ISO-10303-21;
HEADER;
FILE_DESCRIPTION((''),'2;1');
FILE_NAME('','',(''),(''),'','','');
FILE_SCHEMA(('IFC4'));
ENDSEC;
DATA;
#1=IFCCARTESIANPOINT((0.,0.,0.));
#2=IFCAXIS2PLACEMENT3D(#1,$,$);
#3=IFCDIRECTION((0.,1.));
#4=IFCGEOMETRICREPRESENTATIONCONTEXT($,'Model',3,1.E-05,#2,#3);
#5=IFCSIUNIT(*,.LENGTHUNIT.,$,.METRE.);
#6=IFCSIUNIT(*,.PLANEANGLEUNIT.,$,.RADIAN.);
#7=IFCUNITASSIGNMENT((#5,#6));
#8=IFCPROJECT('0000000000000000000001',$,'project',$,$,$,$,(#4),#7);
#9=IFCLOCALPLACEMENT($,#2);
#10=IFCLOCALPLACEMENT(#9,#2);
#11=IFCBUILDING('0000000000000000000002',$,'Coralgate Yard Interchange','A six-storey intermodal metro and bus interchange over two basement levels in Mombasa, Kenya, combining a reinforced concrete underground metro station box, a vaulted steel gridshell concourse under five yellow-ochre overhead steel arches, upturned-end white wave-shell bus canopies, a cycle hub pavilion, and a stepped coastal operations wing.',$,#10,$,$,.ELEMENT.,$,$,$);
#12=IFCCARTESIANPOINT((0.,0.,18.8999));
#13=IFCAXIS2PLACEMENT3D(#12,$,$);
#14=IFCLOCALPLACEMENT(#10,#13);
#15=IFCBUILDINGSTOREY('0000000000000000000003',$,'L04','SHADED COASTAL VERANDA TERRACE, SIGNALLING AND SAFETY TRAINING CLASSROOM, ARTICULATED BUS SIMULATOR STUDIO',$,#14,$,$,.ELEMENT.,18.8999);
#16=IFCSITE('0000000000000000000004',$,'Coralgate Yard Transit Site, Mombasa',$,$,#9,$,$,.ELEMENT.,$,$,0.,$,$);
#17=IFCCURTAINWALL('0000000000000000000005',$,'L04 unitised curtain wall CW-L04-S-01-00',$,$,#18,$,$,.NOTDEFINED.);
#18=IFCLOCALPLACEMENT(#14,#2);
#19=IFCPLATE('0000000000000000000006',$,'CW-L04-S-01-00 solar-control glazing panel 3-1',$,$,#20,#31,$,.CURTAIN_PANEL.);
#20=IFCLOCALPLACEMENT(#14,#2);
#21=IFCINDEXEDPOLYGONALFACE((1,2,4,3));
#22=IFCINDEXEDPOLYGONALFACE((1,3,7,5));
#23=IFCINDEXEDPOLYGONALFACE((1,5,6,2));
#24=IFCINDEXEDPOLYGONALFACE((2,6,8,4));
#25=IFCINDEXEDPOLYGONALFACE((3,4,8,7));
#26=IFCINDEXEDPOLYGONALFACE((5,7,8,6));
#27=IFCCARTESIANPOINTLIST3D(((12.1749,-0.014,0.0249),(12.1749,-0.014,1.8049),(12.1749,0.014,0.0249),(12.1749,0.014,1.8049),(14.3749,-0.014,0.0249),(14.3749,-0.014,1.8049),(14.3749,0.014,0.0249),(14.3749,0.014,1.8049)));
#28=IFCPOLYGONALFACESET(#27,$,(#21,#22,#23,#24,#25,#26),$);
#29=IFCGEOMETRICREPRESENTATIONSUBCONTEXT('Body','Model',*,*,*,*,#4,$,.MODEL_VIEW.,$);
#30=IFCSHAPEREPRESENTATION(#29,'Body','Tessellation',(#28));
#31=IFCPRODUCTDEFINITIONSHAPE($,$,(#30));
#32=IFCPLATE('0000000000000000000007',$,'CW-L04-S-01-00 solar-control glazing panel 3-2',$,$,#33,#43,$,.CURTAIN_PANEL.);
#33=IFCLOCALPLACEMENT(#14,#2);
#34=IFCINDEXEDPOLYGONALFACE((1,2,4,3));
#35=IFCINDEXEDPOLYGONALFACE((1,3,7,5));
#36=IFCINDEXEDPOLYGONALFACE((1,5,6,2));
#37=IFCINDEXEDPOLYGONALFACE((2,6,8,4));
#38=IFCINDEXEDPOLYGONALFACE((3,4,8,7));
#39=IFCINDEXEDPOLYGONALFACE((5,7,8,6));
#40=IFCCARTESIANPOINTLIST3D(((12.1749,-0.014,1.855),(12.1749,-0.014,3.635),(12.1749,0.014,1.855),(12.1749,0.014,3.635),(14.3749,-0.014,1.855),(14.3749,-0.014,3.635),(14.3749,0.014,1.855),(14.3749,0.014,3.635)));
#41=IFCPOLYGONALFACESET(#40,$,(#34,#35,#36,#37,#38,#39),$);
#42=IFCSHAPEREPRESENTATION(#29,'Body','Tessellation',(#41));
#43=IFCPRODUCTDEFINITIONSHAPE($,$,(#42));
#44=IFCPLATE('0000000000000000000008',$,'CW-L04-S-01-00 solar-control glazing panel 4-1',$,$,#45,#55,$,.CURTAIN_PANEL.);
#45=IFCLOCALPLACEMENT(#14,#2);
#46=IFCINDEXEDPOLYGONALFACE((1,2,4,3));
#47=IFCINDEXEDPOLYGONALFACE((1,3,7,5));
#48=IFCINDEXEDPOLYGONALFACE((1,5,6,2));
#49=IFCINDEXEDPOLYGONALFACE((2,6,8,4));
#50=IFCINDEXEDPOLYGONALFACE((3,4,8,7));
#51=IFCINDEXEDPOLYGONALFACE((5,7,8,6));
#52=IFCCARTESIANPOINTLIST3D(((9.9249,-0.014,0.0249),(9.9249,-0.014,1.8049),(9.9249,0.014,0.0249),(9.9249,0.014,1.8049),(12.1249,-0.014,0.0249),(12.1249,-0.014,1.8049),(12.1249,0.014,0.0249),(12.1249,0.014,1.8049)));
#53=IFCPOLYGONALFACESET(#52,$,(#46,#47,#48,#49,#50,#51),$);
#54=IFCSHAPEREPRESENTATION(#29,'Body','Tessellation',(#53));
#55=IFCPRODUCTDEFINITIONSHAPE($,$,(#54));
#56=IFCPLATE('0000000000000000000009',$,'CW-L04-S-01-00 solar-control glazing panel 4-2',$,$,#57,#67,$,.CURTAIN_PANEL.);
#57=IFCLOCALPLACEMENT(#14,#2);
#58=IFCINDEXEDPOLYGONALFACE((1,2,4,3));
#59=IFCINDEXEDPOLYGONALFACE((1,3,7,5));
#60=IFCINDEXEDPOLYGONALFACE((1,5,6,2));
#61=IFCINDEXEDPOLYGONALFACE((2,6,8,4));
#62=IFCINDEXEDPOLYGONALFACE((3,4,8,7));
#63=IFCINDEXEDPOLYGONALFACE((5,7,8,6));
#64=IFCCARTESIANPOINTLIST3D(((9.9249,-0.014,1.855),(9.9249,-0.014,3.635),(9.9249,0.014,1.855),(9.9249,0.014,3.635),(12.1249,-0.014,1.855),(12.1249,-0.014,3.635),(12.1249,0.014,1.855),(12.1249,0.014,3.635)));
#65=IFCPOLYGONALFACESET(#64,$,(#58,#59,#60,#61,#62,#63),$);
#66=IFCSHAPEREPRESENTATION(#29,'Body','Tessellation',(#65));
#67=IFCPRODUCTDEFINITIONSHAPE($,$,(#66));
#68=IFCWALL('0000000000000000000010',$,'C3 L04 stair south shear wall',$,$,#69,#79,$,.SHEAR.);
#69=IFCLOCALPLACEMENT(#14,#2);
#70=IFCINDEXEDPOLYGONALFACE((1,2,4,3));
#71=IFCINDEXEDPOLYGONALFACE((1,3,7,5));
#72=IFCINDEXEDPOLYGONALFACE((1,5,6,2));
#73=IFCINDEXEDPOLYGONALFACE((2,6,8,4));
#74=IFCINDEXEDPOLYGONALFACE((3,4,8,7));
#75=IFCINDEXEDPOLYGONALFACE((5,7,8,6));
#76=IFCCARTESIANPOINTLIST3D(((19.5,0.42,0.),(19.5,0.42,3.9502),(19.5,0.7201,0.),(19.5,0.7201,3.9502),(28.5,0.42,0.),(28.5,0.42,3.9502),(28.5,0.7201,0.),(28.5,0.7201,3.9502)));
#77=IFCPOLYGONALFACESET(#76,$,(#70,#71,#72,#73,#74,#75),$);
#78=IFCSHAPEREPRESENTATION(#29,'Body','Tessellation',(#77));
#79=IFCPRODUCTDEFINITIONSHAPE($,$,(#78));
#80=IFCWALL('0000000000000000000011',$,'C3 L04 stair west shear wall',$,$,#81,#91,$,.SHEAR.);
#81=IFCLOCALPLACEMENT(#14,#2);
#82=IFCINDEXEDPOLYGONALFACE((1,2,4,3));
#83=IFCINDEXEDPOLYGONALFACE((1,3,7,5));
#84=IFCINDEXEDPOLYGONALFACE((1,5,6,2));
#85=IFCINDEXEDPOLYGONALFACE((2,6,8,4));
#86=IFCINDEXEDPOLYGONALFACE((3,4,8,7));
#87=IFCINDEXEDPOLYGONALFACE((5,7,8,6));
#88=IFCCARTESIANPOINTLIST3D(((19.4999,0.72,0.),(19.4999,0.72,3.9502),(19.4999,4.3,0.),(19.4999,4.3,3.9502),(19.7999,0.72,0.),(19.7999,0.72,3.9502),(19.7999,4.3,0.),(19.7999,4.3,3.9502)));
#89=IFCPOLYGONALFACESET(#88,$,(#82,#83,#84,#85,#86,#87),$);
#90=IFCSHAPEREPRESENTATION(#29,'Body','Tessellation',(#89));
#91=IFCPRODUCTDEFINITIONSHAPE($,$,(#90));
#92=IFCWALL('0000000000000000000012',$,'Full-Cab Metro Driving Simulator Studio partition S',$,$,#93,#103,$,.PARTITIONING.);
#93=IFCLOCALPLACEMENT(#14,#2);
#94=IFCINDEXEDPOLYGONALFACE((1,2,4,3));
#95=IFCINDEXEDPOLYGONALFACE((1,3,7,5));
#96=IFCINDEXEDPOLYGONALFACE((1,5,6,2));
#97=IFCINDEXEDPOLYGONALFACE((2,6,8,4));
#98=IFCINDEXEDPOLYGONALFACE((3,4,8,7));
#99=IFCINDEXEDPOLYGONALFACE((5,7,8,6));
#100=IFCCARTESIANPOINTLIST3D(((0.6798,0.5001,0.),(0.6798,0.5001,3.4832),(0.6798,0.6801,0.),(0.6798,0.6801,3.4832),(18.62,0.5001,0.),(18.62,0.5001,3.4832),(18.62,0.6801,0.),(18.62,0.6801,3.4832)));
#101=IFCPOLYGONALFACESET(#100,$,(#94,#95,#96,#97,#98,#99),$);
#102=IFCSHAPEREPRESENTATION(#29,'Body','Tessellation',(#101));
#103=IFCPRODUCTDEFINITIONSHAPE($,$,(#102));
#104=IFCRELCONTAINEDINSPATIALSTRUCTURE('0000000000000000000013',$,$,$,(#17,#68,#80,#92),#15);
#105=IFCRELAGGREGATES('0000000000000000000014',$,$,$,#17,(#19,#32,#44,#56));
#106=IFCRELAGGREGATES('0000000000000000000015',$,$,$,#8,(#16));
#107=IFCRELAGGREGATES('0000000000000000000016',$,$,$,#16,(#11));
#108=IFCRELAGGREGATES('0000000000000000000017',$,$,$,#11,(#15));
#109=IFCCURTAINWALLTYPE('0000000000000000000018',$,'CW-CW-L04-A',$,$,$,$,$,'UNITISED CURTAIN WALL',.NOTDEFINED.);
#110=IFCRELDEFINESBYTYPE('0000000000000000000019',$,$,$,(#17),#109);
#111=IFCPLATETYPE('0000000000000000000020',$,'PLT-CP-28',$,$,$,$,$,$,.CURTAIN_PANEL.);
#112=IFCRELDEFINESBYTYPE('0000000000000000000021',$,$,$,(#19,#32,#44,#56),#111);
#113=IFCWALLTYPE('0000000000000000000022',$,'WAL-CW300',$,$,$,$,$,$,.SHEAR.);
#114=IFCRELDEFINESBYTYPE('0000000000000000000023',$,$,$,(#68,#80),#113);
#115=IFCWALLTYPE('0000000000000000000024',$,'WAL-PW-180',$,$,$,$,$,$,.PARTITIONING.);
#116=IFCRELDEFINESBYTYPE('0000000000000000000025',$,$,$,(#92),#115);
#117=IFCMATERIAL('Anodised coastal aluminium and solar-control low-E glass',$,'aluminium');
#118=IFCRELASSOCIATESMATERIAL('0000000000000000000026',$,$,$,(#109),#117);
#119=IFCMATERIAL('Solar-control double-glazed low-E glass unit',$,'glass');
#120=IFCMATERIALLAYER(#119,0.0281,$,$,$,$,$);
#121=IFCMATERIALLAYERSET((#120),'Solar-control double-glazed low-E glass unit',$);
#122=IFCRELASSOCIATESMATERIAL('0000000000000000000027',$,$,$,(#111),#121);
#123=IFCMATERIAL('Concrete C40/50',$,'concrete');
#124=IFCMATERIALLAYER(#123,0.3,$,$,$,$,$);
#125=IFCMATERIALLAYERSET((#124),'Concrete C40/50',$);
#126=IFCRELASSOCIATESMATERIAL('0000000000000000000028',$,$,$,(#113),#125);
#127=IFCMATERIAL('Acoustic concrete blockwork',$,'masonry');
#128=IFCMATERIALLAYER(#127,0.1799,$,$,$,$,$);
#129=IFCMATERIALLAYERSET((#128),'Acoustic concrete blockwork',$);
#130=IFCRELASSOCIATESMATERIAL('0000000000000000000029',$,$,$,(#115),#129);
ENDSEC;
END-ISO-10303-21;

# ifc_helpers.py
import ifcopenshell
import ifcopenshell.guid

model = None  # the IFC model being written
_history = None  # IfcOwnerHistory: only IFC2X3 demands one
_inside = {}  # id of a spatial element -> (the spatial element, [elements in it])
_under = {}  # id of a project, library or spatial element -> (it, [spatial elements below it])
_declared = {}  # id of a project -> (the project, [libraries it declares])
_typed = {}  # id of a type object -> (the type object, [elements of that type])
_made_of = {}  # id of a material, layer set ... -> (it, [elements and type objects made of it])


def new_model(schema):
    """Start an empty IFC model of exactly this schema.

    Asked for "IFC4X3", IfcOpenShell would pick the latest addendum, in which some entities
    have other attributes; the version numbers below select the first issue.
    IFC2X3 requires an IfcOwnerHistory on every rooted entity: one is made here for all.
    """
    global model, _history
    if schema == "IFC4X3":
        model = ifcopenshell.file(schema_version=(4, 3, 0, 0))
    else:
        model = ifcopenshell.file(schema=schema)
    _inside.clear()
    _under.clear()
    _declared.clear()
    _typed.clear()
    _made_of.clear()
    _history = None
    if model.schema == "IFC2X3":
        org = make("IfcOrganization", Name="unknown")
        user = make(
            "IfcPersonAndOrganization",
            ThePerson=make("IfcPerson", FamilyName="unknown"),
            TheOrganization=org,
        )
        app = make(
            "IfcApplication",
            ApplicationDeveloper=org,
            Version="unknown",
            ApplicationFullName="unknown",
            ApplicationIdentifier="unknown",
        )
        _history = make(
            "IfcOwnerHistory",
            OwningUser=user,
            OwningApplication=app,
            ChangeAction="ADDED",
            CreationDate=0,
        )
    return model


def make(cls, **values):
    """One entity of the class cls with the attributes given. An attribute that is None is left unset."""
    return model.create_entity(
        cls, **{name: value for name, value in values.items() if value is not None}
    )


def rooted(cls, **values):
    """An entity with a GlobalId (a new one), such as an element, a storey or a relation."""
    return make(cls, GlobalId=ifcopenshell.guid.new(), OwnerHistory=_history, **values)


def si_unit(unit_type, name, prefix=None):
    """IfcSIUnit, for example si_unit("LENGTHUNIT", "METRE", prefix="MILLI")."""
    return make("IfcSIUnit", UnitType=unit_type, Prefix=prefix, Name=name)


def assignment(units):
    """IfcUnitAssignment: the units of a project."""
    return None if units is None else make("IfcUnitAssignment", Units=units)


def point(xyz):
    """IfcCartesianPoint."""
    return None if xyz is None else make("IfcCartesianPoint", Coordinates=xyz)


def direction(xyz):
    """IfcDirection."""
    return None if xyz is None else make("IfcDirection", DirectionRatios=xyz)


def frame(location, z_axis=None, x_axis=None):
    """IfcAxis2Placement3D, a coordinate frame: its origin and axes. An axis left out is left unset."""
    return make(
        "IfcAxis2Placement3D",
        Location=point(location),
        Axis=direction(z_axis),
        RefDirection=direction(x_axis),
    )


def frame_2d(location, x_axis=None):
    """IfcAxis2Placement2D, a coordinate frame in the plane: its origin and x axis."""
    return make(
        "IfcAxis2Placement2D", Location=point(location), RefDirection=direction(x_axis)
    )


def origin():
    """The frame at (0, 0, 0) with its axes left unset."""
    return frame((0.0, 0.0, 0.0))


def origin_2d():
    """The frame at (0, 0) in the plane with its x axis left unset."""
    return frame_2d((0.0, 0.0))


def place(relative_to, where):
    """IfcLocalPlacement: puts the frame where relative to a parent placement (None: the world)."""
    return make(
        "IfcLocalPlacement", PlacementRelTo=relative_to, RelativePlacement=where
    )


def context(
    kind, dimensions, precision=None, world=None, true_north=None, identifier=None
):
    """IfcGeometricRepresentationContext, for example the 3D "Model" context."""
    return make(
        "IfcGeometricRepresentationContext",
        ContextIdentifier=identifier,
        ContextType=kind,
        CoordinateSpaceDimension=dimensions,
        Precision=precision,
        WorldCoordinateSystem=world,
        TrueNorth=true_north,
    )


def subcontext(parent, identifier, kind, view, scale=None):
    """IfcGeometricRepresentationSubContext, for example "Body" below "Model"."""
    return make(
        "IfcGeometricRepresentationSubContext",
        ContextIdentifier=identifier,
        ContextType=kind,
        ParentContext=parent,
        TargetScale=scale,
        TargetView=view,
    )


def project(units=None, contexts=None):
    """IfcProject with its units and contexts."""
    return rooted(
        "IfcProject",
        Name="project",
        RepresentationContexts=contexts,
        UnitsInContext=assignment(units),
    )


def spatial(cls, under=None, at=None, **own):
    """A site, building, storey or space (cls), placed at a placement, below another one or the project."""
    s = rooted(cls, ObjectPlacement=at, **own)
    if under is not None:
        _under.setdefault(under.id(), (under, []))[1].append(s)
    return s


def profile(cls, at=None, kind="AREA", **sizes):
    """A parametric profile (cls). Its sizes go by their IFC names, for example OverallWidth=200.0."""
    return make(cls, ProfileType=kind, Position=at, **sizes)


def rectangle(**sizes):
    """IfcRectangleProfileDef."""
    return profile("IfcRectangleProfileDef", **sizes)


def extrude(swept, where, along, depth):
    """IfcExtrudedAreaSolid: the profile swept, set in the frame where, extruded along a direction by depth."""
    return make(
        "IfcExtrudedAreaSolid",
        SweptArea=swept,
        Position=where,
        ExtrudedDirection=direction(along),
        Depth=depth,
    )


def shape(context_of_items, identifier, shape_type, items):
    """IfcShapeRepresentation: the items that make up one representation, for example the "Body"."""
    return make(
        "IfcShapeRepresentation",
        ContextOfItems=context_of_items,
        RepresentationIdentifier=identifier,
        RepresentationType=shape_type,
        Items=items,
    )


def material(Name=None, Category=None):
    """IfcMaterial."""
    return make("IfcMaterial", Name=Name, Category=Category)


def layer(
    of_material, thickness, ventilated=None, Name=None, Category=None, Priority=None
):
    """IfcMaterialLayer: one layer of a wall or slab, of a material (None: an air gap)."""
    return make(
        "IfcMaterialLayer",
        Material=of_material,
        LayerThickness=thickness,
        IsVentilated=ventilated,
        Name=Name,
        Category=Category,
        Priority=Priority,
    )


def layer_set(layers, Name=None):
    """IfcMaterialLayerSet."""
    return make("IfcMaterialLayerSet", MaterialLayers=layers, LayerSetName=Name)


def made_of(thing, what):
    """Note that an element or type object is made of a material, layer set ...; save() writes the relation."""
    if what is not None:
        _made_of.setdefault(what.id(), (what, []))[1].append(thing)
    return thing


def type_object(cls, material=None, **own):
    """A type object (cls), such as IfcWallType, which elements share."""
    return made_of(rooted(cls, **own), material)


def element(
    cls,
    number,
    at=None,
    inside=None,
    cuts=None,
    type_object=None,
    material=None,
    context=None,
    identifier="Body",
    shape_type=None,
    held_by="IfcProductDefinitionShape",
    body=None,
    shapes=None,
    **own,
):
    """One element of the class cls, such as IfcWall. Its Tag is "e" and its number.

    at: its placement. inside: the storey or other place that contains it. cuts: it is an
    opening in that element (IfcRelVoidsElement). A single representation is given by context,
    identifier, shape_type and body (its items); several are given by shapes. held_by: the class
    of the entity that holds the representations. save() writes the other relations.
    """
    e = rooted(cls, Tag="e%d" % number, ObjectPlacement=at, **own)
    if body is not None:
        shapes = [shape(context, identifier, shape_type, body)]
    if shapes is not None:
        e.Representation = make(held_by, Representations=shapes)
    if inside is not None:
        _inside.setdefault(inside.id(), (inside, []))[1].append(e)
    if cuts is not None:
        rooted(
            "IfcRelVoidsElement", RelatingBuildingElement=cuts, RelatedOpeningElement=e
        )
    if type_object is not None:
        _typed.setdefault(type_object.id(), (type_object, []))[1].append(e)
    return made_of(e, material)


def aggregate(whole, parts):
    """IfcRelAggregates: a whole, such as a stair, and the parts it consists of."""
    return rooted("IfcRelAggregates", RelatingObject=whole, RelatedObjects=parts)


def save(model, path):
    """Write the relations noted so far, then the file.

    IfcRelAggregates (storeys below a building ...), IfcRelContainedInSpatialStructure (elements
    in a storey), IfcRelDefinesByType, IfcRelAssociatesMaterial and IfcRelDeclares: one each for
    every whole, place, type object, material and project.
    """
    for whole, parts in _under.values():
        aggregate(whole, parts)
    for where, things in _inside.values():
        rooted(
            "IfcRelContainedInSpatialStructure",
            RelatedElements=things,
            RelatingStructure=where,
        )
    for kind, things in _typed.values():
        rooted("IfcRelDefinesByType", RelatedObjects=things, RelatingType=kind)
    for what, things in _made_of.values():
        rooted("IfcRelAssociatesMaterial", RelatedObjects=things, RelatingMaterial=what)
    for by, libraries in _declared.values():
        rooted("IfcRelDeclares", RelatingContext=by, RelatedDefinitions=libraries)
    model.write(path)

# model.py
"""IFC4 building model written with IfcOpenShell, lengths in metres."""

from ifc_helpers import new_model, si_unit, direction, frame, frame_2d, origin, origin_2d, place, context, subcontext, project, spatial, rectangle, extrude, material, layer, layer_set, type_object, element, aggregate, save


model = new_model("IFC4")

# Units and contexts
model_context = context("Model", 3, precision=1e-05, world=origin(), true_north=direction((0.0, 1.0)))
body_context = subcontext(model_context, "Body", "Model", "MODEL_VIEW")
ifc_project = project(units=[si_unit("LENGTHUNIT", "METRE"), si_unit("PLANEANGLEUNIT", "RADIAN")], contexts=[model_context])

# Site, building, storey
site_placement = place(None, origin())
site = spatial("IfcSite", under=ifc_project, at=site_placement, Name="Coralgate Yard Transit Site, Mombasa", CompositionType="ELEMENT", RefElevation=0.0)
building_placement = place(site_placement, origin())
building = spatial("IfcBuilding", under=site, at=building_placement, Name="Coralgate Yard Interchange", Description="A six-storey intermodal metro and bus interchange over two basement levels in Mombasa, Kenya, combining a reinforced concrete underground metro station box, a vaulted steel gridshell concourse under five yellow-ochre overhead steel arches, upturned-end white wave-shell bus canopies, a cycle hub pavilion, and a stepped coastal operations wing.", CompositionType="ELEMENT")
storey_placement = place(building_placement, frame((0.0, 0.0, 18.8999)))
storey = spatial("IfcBuildingStorey", under=building, at=storey_placement, Name="L04", Description="SHADED COASTAL VERANDA TERRACE, SIGNALLING AND SAFETY TRAINING CLASSROOM, ARTICULATED BUS SIMULATOR STUDIO", CompositionType="ELEMENT", Elevation=18.8999)

# Curtain wall, plates
ifc_material_1 = material(Name="Anodised coastal aluminium and solar-control low-E glass", Category="aluminium")
curtain_wall_type = type_object("IfcCurtainWallType", Name="CW-CW-L04-A", ElementType="UNITISED CURTAIN WALL", PredefinedType="NOTDEFINED", material=ifc_material_1)
curtain_wall_placement = place(storey_placement, origin())
curtain_wall = element("IfcCurtainWall", 1, at=curtain_wall_placement, inside=storey, type_object=curtain_wall_type, Name="L04 unitised curtain wall CW-L04-S-01-00", PredefinedType="NOTDEFINED")
ifc_material_2 = material(Name="Solar-control double-glazed low-E glass unit", Category="glass")
ifc_layer_1 = layer(ifc_material_2, 0.0281)
ifc_layer_set_1 = layer_set([ifc_layer_1], Name="Solar-control double-glazed low-E glass unit")
plate_type = type_object("IfcPlateType", Name="PLT-CP-28", PredefinedType="CURTAIN_PANEL", material=ifc_layer_set_1)
plate_1_placement = place(storey_placement, frame((13.2749, 0.0, 0.0249), z_axis=(0.0, 0.0, 1.0), x_axis=(-1.0, 0.0, 0.0)))
plate_1 = element("IfcPlate", 2, at=plate_1_placement, type_object=plate_type, Name="CW-L04-S-01-00 solar-control glazing panel 3-1", PredefinedType="CURTAIN_PANEL", context=body_context, shape_type="SweptSolid", body=[
    extrude(rectangle(XDim=2.2, YDim=0.0281, at=origin_2d()), origin(), (0.0, 0.0, 1.0), 1.78),
])
plate_2_placement = place(storey_placement, frame((13.2749, 0.0, 1.855), z_axis=(0.0, 0.0, 1.0), x_axis=(-1.0, 0.0, 0.0)))
plate_2 = element("IfcPlate", 3, at=plate_2_placement, type_object=plate_type, Name="CW-L04-S-01-00 solar-control glazing panel 3-2", PredefinedType="CURTAIN_PANEL", context=body_context, shape_type="SweptSolid", body=[
    extrude(rectangle(XDim=2.2, YDim=0.0281, at=origin_2d()), origin(), (0.0, 0.0, 1.0), 1.78),
])
plate_3_placement = place(storey_placement, frame((11.0249, 0.0, 0.0249), z_axis=(0.0, 0.0, 1.0), x_axis=(-1.0, 0.0, 0.0)))
plate_3 = element("IfcPlate", 4, at=plate_3_placement, type_object=plate_type, Name="CW-L04-S-01-00 solar-control glazing panel 4-1", PredefinedType="CURTAIN_PANEL", context=body_context, shape_type="SweptSolid", body=[
    extrude(rectangle(XDim=2.2, YDim=0.0281, at=origin_2d()), origin(), (0.0, 0.0, 1.0), 1.78),
])
plate_4_placement = place(storey_placement, frame((11.0249, 0.0, 1.855), z_axis=(0.0, 0.0, 1.0), x_axis=(-1.0, 0.0, 0.0)))
plate_4 = element("IfcPlate", 5, at=plate_4_placement, type_object=plate_type, Name="CW-L04-S-01-00 solar-control glazing panel 4-2", PredefinedType="CURTAIN_PANEL", context=body_context, shape_type="SweptSolid", body=[
    extrude(rectangle(XDim=2.2, YDim=0.0281, at=origin_2d()), origin(), (0.0, 0.0, 1.0), 1.78),
])
aggregate(curtain_wall, [plate_1, plate_2, plate_3, plate_4])

# Walls
ifc_material_3 = material(Name="Concrete C40/50", Category="concrete")
ifc_layer_2 = layer(ifc_material_3, 0.3)
ifc_layer_set_2 = layer_set([ifc_layer_2], Name="Concrete C40/50")
wall_type_1 = type_object("IfcWallType", Name="WAL-CW300", PredefinedType="SHEAR", material=ifc_layer_set_2)
wall_1_placement = place(storey_placement, frame((19.5, 0.5701, 0.0), z_axis=(0.0, 0.0, 1.0), x_axis=(1.0, 0.0, 0.0)))
element("IfcWall", 6, at=wall_1_placement, inside=storey, type_object=wall_type_1, Name="C3 L04 stair south shear wall", PredefinedType="SHEAR", context=body_context, shape_type="SweptSolid", body=[
    extrude(rectangle(XDim=9.0, YDim=0.3, at=frame_2d((4.5, 0.0))), origin(), (0.0, 0.0, 1.0), 3.9502),
])
wall_2_placement = place(storey_placement, frame((19.6499, 0.72, 0.0), z_axis=(0.0, 0.0, 1.0), x_axis=(0.0, 1.0, 0.0)))
element("IfcWall", 7, at=wall_2_placement, inside=storey, type_object=wall_type_1, Name="C3 L04 stair west shear wall", PredefinedType="SHEAR", context=body_context, shape_type="SweptSolid", body=[
    extrude(rectangle(XDim=3.5801, YDim=0.3, at=frame_2d((1.79, 0.0))), origin(), (0.0, 0.0, 1.0), 3.9502),
])
ifc_material_4 = material(Name="Acoustic concrete blockwork", Category="masonry")
ifc_layer_3 = layer(ifc_material_4, 0.1799)
ifc_layer_set_3 = layer_set([ifc_layer_3], Name="Acoustic concrete blockwork")
wall_type_2 = type_object("IfcWallType", Name="WAL-PW-180", PredefinedType="PARTITIONING", material=ifc_layer_set_3)
wall_3_placement = place(storey_placement, frame((18.6201, 0.5901, 0.0), z_axis=(0.0, 0.0, 1.0), x_axis=(-1.0, 0.0, 0.0)))
element("IfcWall", 8, at=wall_3_placement, inside=storey, type_object=wall_type_2, Name="Full-Cab Metro Driving Simulator Studio partition S", PredefinedType="PARTITIONING", context=body_context, shape_type="SweptSolid", body=[
    extrude(rectangle(XDim=17.9402, YDim=0.1799, at=frame_2d((8.9702, 0.0))), origin(), (0.0, 0.0, 1.0), 3.4832),
])

save(model, "model.ifc")
